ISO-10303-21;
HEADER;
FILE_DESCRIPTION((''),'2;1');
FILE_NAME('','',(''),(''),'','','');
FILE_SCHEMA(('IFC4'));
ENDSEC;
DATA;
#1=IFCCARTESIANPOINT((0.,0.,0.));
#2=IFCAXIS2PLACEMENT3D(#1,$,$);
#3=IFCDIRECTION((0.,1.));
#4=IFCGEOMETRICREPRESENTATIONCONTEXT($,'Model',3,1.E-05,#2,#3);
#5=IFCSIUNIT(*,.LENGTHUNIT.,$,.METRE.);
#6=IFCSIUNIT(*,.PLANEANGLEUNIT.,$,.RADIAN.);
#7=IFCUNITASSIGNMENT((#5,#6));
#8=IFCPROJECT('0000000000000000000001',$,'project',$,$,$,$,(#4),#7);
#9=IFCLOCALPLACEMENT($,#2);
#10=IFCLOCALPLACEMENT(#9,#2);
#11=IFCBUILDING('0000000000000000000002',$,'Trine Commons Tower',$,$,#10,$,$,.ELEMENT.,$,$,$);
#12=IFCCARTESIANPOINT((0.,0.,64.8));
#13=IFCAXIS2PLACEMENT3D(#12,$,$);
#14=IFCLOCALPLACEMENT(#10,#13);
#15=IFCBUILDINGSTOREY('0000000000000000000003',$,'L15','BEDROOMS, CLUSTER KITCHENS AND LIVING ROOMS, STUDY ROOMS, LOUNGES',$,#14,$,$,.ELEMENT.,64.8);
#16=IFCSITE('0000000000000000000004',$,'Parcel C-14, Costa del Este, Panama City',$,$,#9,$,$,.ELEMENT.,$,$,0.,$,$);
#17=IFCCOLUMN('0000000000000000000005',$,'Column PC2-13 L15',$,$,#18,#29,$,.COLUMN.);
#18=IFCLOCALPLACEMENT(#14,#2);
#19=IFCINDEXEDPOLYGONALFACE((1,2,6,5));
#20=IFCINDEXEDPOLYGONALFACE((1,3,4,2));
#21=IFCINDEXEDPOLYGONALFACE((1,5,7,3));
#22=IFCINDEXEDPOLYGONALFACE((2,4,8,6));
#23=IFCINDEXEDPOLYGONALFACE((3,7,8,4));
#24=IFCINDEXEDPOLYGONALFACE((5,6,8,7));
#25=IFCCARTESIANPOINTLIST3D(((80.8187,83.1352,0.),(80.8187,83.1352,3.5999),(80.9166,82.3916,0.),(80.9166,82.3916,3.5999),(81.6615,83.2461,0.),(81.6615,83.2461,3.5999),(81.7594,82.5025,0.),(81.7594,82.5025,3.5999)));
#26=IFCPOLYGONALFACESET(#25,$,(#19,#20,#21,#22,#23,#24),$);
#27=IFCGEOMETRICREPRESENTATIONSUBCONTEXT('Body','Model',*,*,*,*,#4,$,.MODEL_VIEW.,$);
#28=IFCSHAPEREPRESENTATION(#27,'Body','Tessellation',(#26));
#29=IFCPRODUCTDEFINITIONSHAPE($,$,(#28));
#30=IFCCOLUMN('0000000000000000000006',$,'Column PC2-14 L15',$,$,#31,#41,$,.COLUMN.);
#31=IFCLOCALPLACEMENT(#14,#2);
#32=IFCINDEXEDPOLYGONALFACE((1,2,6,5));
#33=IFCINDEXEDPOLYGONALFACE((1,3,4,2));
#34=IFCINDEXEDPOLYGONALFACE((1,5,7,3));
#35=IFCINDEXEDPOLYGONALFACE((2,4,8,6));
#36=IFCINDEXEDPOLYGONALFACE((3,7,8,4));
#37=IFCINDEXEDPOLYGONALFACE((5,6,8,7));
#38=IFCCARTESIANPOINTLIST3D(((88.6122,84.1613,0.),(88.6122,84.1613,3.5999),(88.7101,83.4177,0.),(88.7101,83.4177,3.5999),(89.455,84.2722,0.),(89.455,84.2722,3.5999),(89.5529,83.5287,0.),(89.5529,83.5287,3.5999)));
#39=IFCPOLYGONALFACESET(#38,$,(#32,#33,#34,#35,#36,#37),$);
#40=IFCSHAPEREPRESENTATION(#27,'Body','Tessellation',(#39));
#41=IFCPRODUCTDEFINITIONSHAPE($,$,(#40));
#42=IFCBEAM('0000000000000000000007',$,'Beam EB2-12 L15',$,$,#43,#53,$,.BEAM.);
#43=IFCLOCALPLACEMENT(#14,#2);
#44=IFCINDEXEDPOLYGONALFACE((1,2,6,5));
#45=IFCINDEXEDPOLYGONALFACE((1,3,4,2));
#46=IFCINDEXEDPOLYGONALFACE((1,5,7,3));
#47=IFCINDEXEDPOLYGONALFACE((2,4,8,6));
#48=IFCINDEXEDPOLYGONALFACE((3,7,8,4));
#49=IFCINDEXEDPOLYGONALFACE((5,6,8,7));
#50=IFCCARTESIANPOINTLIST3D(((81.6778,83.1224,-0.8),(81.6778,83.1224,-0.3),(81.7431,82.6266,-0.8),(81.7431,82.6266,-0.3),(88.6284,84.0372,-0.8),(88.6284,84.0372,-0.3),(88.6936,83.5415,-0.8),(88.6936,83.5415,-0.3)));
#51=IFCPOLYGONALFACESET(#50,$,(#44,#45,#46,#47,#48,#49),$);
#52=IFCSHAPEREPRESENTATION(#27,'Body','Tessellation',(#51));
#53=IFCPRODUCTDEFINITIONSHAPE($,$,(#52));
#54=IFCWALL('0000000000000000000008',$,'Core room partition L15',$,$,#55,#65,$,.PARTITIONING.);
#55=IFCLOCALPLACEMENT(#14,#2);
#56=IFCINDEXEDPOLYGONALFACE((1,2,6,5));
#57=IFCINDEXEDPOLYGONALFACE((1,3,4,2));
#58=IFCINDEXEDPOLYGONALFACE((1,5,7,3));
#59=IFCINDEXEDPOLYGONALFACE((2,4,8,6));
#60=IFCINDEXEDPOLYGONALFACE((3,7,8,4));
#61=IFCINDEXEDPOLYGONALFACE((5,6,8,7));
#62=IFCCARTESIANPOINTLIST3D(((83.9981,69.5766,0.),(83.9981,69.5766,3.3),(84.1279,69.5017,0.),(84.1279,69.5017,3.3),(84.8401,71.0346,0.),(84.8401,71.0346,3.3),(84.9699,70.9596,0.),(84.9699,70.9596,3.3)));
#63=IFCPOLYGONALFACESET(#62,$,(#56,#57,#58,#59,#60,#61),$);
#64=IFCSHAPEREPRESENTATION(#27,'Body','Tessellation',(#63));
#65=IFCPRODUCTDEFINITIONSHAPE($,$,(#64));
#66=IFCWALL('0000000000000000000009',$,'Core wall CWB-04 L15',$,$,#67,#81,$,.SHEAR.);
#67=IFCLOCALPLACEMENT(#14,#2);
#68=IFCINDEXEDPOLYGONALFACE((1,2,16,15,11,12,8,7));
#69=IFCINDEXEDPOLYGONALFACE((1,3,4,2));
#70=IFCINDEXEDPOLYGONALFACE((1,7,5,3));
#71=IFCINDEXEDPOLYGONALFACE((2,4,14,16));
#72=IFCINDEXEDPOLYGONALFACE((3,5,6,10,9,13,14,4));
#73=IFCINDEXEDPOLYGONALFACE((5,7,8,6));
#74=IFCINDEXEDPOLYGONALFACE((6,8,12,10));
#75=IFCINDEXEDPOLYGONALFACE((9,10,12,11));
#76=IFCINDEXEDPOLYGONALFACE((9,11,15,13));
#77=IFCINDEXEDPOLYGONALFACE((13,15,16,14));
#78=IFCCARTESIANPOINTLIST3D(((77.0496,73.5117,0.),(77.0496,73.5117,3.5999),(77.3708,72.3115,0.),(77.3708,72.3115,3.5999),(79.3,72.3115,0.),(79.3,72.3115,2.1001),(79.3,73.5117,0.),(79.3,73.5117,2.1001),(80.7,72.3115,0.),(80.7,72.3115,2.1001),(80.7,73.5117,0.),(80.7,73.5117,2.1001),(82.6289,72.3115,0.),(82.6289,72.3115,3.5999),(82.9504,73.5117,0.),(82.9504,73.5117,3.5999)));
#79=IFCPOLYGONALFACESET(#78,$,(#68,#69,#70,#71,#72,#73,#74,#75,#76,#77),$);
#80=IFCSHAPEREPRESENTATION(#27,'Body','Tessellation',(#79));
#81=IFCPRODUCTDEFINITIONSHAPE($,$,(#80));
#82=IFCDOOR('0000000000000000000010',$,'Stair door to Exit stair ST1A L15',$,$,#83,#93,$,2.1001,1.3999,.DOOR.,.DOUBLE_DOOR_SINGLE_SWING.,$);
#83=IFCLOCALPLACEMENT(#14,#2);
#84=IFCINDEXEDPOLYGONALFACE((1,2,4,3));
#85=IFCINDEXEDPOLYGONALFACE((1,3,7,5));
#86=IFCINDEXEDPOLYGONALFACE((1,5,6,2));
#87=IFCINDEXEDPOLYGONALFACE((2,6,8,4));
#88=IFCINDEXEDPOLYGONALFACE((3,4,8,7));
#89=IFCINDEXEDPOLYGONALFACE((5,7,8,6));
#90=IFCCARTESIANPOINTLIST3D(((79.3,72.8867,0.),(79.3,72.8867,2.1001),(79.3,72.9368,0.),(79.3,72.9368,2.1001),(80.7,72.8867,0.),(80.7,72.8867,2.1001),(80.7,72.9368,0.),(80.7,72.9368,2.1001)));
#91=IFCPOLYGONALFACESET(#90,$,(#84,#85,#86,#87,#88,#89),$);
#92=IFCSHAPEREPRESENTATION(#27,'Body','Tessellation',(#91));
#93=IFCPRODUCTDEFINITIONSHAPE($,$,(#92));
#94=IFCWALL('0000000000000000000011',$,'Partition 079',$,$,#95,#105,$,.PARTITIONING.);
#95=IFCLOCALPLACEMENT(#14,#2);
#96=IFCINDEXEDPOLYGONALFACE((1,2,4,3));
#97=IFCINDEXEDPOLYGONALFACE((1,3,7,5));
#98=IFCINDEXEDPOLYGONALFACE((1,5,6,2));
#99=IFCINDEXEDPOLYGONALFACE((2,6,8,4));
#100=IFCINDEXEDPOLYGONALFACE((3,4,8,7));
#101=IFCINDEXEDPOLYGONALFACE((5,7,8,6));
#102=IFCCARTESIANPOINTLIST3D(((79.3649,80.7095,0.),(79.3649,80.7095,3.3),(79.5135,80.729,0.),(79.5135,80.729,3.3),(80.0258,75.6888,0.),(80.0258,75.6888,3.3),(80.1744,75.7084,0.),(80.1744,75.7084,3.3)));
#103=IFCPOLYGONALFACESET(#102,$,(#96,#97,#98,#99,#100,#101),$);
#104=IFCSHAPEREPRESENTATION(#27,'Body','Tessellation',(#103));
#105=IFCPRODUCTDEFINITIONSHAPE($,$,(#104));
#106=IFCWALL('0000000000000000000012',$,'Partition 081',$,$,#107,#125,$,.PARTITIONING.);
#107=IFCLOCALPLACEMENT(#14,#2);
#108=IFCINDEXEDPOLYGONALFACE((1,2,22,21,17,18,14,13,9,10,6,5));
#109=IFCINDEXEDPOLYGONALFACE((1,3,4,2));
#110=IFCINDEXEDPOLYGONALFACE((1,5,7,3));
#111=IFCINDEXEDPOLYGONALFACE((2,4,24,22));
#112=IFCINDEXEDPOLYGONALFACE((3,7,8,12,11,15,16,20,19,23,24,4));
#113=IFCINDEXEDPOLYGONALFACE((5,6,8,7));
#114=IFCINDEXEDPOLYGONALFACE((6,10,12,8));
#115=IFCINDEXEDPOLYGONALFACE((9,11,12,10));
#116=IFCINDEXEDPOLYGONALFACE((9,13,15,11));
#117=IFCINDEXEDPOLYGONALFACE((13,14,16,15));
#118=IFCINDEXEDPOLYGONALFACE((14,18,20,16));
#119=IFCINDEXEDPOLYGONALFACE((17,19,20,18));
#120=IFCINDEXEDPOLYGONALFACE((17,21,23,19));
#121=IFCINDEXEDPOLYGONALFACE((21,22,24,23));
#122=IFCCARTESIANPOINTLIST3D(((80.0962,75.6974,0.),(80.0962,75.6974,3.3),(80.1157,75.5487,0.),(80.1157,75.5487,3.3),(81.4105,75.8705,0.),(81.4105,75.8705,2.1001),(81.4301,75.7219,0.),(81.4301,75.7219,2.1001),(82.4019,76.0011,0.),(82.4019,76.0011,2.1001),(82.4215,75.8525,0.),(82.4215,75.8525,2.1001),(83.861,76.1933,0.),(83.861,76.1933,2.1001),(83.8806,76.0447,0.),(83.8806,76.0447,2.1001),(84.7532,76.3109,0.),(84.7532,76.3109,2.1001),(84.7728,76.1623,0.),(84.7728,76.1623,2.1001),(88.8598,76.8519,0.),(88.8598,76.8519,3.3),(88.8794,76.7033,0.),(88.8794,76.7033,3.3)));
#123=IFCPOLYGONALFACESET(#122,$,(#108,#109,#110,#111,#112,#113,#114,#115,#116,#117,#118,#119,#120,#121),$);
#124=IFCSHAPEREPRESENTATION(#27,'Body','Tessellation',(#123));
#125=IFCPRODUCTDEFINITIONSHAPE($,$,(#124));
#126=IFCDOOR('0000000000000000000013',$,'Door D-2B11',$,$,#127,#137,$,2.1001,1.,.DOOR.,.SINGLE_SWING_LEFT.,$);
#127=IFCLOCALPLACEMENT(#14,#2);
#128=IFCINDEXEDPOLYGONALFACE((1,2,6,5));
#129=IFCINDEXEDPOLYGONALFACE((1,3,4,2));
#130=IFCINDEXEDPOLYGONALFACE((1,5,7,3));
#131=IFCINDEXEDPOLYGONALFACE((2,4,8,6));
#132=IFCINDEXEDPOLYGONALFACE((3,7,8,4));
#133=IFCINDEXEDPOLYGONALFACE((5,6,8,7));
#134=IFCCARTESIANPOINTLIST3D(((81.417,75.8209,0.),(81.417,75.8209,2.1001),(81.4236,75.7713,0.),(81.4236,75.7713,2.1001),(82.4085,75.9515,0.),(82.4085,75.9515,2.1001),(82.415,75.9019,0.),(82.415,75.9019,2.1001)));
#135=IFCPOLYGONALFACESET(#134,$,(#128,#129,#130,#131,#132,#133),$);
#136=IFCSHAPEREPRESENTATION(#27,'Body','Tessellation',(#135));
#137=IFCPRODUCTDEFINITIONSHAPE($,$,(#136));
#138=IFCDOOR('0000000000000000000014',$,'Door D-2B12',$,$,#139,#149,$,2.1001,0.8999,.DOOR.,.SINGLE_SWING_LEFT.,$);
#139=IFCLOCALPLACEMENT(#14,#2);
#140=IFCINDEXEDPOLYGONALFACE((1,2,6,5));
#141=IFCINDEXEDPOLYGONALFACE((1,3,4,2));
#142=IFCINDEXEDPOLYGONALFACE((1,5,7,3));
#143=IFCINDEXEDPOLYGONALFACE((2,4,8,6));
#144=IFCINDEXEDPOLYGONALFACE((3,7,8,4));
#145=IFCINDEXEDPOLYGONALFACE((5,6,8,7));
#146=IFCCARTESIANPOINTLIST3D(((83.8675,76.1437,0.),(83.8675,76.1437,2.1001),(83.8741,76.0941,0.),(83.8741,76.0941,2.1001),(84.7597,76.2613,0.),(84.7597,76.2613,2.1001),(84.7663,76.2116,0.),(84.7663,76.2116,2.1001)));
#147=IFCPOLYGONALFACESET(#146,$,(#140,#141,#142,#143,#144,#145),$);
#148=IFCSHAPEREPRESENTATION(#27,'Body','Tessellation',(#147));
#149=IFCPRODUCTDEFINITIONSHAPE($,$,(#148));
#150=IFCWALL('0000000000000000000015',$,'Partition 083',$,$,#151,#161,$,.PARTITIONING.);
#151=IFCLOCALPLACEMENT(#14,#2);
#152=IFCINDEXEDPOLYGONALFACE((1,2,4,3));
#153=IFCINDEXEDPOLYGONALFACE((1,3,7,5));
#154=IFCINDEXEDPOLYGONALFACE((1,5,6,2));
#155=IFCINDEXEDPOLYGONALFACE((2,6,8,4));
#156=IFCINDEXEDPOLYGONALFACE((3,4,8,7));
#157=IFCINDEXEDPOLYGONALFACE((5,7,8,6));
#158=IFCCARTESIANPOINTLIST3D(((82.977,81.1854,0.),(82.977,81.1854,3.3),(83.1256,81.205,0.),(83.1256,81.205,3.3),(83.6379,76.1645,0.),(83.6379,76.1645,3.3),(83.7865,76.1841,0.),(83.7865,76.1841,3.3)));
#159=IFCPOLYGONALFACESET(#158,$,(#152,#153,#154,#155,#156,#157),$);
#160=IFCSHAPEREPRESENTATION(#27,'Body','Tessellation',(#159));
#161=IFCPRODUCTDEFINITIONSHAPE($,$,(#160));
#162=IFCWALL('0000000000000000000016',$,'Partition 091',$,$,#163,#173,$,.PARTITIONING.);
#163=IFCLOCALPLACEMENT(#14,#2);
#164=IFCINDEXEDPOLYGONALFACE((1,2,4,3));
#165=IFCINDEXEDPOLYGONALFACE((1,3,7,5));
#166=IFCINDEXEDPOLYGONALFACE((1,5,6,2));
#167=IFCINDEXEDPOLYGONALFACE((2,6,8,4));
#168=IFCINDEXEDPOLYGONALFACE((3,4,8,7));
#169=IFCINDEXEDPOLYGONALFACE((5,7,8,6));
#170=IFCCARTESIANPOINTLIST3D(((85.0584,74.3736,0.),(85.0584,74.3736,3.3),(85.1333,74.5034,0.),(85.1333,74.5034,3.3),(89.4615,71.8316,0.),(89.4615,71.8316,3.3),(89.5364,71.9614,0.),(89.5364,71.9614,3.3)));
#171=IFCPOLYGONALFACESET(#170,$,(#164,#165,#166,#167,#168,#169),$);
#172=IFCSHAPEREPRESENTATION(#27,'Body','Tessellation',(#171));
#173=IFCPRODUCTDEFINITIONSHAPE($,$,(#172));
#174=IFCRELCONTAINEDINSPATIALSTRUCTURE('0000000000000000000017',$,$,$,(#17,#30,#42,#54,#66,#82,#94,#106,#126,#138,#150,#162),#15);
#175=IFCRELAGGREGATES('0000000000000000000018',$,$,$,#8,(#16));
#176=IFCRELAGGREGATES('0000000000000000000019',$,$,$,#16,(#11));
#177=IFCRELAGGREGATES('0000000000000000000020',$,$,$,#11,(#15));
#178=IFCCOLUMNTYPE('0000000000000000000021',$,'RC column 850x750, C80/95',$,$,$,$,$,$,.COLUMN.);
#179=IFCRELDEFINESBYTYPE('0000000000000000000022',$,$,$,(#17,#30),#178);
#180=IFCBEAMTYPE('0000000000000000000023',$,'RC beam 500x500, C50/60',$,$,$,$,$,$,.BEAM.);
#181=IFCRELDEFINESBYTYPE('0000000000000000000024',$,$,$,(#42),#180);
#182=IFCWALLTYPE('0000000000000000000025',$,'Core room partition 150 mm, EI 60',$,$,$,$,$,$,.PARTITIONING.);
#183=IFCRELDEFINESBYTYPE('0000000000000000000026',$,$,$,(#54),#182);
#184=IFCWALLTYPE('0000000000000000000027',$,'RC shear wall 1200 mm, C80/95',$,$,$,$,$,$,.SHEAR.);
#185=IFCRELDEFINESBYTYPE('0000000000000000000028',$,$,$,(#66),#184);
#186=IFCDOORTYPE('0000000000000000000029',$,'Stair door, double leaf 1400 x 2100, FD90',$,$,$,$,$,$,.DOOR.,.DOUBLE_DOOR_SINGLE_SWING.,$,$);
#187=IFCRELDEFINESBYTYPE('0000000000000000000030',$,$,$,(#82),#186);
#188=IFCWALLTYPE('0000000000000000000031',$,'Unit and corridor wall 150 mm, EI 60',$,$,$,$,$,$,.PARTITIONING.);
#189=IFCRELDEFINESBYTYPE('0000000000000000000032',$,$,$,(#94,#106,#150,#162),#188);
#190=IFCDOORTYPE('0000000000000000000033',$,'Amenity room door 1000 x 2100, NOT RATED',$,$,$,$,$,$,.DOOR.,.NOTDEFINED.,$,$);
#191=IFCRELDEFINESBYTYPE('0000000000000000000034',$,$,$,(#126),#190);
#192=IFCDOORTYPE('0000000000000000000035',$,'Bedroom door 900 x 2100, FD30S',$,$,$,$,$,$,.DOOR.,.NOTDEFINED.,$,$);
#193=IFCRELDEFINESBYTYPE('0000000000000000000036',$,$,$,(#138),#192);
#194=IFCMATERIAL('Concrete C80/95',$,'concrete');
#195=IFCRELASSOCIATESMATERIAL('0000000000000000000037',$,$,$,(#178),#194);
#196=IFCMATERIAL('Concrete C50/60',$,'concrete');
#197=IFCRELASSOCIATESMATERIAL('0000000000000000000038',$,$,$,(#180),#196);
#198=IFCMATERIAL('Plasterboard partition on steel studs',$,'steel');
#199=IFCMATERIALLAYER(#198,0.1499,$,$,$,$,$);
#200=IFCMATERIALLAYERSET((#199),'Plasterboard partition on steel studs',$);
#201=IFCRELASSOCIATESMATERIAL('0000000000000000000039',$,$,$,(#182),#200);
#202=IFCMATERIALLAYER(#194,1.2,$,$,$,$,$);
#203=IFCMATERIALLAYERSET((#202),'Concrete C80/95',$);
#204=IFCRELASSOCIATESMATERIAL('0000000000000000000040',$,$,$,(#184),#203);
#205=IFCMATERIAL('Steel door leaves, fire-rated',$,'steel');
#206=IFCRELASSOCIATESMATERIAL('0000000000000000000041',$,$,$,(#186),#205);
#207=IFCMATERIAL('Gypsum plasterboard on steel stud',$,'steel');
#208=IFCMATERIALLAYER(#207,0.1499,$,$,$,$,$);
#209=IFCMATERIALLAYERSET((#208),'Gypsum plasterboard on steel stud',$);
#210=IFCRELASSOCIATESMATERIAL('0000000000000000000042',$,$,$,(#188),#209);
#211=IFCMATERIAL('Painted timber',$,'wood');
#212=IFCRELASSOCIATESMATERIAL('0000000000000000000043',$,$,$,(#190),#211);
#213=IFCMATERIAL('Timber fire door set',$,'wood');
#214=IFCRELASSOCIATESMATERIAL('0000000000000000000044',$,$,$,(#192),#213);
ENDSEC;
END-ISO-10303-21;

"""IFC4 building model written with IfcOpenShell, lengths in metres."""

from ifc_helpers import new_model, si_unit, direction, frame, frame_2d, origin, origin_2d, place, context, subcontext, project, spatial, polyline, rectangle, outline, extrude, material, layer, layer_set, material_profile, profile_set, type_object, element, fill, save


model = new_model("IFC4")

# Units and contexts
model_context = context("Model", 3, precision=1e-05, world=origin(), true_north=direction((0.0, 1.0)))
body_context = subcontext(model_context, "Body", "Model", "MODEL_VIEW")
ifc_project = project(units=[si_unit("LENGTHUNIT", "METRE"), si_unit("PLANEANGLEUNIT", "RADIAN")], contexts=[model_context])

# Site, building, storey
site_placement = place(None, origin())
site = spatial("IfcSite", under=ifc_project, at=site_placement, Name="Parcel C-14, Costa del Este, Panama City", CompositionType="ELEMENT", RefElevation=0.0)
building_placement = place(site_placement, origin())
building = spatial("IfcBuilding", under=site, at=building_placement, Name="Trine Commons Tower", CompositionType="ELEMENT")
storey_placement = place(building_placement, frame((0.0, 0.0, 64.8)))
storey = spatial("IfcBuildingStorey", under=building, at=storey_placement, Name="L15", Description="BEDROOMS, CLUSTER KITCHENS AND LIVING ROOMS, STUDY ROOMS, LOUNGES", CompositionType="ELEMENT", Elevation=64.8)

# Columns
ifc_material_1 = material(Name="Concrete C80/95", Category="concrete")
ifc_material_profile_1 = material_profile(ifc_material_1, rectangle(XDim=0.8501, YDim=0.75, at=origin_2d()), Name="RC 850x750")
ifc_profile_set_1 = profile_set([ifc_material_profile_1], Name="Concrete C80/95")
column_type = type_object("IfcColumnType", Name="RC column 850x750, C80/95", PredefinedType="COLUMN", material=ifc_profile_set_1)
for number, where, z_axis, x_axis, name in (
    (1, (81.2891, 82.8188, 0.0), (0.0, 0.0, 1.0), (0.991445, 0.130526, 0.0), "Column PC2-13 L15"),
    (2, (89.0825, 83.845, 0.0), (0.0, 0.0, 1.0), (0.991445, 0.130526, 0.0), "Column PC2-14 L15"),
):
    element("IfcColumn", number, at=place(storey_placement, frame(where, z_axis=z_axis, x_axis=x_axis)), inside=storey, type_object=column_type, Name=name, PredefinedType="COLUMN", context=body_context, shape_type="SweptSolid", body=[
        extrude(rectangle(XDim=0.8501, YDim=0.75, at=origin_2d()), origin(), (0.0, 0.0, 1.0), 3.5999),
    ])

# Beam
ifc_material_2 = material(Name="Concrete C50/60", Category="concrete")
ifc_material_profile_2 = material_profile(ifc_material_2, rectangle(XDim=0.5, YDim=0.5, at=origin_2d()), Name="RC 500x500")
ifc_profile_set_2 = profile_set([ifc_material_profile_2], Name="Concrete C50/60")
beam_type = type_object("IfcBeamType", Name="RC beam 500x500, C50/60", PredefinedType="BEAM", material=ifc_profile_set_2)
beam_placement = place(storey_placement, frame((81.7104, 82.8745, -0.55), z_axis=(0.991449, 0.130491, 0.0), x_axis=(-0.130491, 0.991449, 0.0)))
element("IfcBeam", 3, at=beam_placement, inside=storey, type_object=beam_type, Name="Beam EB2-12 L15", PredefinedType="BEAM", context=body_context, shape_type="SweptSolid", body=[
    extrude(rectangle(XDim=0.5, YDim=0.5, at=origin_2d()), origin(), (0.0, 0.0, 1.0), 7.0105),
])

# Wall
ifc_material_3 = material(Name="Plasterboard partition on steel studs", Category="steel")
ifc_layer_1 = layer(ifc_material_3, 0.1499)
ifc_layer_set_1 = layer_set([ifc_layer_1], Name="Plasterboard partition on steel studs")
wall_type_1 = type_object("IfcWallType", Name="Core room partition 150 mm, EI 60", PredefinedType="PARTITIONING", material=ifc_layer_set_1)
wall_1_placement = place(storey_placement, frame((84.905, 70.9971, 0.0), z_axis=(0.0, 0.0, 1.0), x_axis=(-0.500116, -0.865959, 0.0)))
element("IfcWall", 4, at=wall_1_placement, inside=storey, type_object=wall_type_1, Name="Core room partition L15", PredefinedType="PARTITIONING", context=body_context, shape_type="SweptSolid", body=[
    extrude(rectangle(XDim=1.6836, YDim=0.1499, at=frame_2d((0.8418, 0.0))), origin(), (0.0, 0.0, 1.0), 3.3),
])

# Wall, opening, door
ifc_layer_2 = layer(ifc_material_1, 1.2)
ifc_layer_set_2 = layer_set([ifc_layer_2], Name="Concrete C80/95")
wall_type_2 = type_object("IfcWallType", Name="RC shear wall 1200 mm, C80/95", PredefinedType="SHEAR", material=ifc_layer_set_2)
wall_2_placement = place(storey_placement, frame((82.9504, 72.9116, 0.0), z_axis=(0.0, 0.0, 1.0), x_axis=(-1.0, 0.0, 0.0)))
wall_2 = element("IfcWall", 5, at=wall_2_placement, inside=storey, type_object=wall_type_2, Name="Core wall CWB-04 L15", PredefinedType="SHEAR", context=body_context, shape_type="SweptSolid", body=[
    extrude(outline(polyline([(0.0, -0.6001), (5.9009, -0.6001), (5.5796, 0.6001), (0.3215, 0.6001), (0.0, -0.6001)])), origin(), (0.0, 0.0, 1.0), 3.5999),
])
opening_1_placement = place(wall_2_placement, frame((2.2505, 0.0, 0.0)))
opening_1 = element("IfcOpeningElement", 6, at=opening_1_placement, cuts=wall_2, PredefinedType="OPENING", context=body_context, shape_type="SweptSolid", body=[
    extrude(rectangle(XDim=1.3999, YDim=2.1001, at=frame_2d((0.7, 1.05))), frame((0.0, 0.6099, 0.0), z_axis=(0.0, -1.0, 0.0), x_axis=(1.0, 0.0, 0.0)), (0.0, 0.0, 1.0), 1.22),
])
ifc_material_4 = material(Name="Steel door leaves, fire-rated", Category="steel")
door_type_1 = type_object("IfcDoorType", Name="Stair door, double leaf 1400 x 2100, FD90", OperationType="DOUBLE_DOOR_SINGLE_SWING", PredefinedType="DOOR", material=ifc_material_4)
door_1_placement = place(opening_1_placement, origin())
door_1 = element("IfcDoor", 7, at=door_1_placement, inside=storey, type_object=door_type_1, Name="Stair door to Exit stair ST1A L15", OperationType="DOUBLE_DOOR_SINGLE_SWING", OverallHeight=2.1001, OverallWidth=1.3999, PredefinedType="DOOR", context=body_context, shape_type="SweptSolid", body=[
    extrude(rectangle(XDim=1.3999, YDim=2.1001, at=frame_2d((0.7, 1.05))), frame((0.0, 0.0249, 0.0), z_axis=(0.0, -1.0, 0.0), x_axis=(1.0, 0.0, 0.0)), (0.0, 0.0, 1.0), 0.05),
])
fill(opening_1, door_1)

# Wall
ifc_material_5 = material(Name="Gypsum plasterboard on steel stud", Category="steel")
ifc_layer_3 = layer(ifc_material_5, 0.1499)
ifc_layer_set_3 = layer_set([ifc_layer_3], Name="Gypsum plasterboard on steel stud")
wall_type_3 = type_object("IfcWallType", Name="Unit and corridor wall 150 mm, EI 60", PredefinedType="PARTITIONING", material=ifc_layer_set_3)
wall_3_placement = place(storey_placement, frame((79.4392, 80.7192, 0.0), z_axis=(0.0, 0.0, 1.0), x_axis=(0.130506, -0.991448, 0.0)))
element("IfcWall", 8, at=wall_3_placement, inside=storey, type_object=wall_type_3, Name="Partition 079", PredefinedType="PARTITIONING", context=body_context, shape_type="SweptSolid", body=[
    extrude(rectangle(XDim=5.064, YDim=0.1499, at=frame_2d((2.532, 0.0))), origin(), (0.0, 0.0, 1.0), 3.3),
])

# Wall, openings, doors
wall_4_placement = place(storey_placement, frame((80.106, 75.623, 0.0), z_axis=(0.0, 0.0, 1.0), x_axis=(0.991433, 0.130613, 0.0)))
wall_4 = element("IfcWall", 9, at=wall_4_placement, inside=storey, type_object=wall_type_3, Name="Partition 081", PredefinedType="PARTITIONING", context=body_context, shape_type="SweptSolid", body=[
    extrude(rectangle(XDim=8.8394, YDim=0.1499, at=frame_2d((4.4197, 0.0))), origin(), (0.0, 0.0, 1.0), 3.3),
])
opening_2_placement = place(wall_4_placement, frame((1.3257, 0.0, 0.0)))
opening_2 = element("IfcOpeningElement", 10, at=opening_2_placement, cuts=wall_4, PredefinedType="OPENING", context=body_context, shape_type="SweptSolid", body=[
    extrude(rectangle(XDim=1.0, YDim=2.1001, at=frame_2d((0.5, 1.05))), frame((0.0, 0.085, 0.0), z_axis=(0.0, -1.0, 0.0), x_axis=(1.0, 0.0, 0.0)), (0.0, 0.0, 1.0), 0.1699),
])
opening_3_placement = place(wall_4_placement, frame((3.7974, 0.0, 0.0)))
opening_3 = element("IfcOpeningElement", 11, at=opening_3_placement, cuts=wall_4, PredefinedType="OPENING", context=body_context, shape_type="SweptSolid", body=[
    extrude(rectangle(XDim=0.8999, YDim=2.1001, at=frame_2d((0.45, 1.05))), frame((0.0, 0.085, 0.0), z_axis=(0.0, -1.0, 0.0), x_axis=(1.0, 0.0, 0.0)), (0.0, 0.0, 1.0), 0.1699),
])
ifc_material_6 = material(Name="Painted timber", Category="wood")
door_type_2 = type_object("IfcDoorType", Name="Amenity room door 1000 x 2100, NOT RATED", OperationType="NOTDEFINED", PredefinedType="DOOR", material=ifc_material_6)
door_2_placement = place(opening_2_placement, origin())
door_2 = element("IfcDoor", 12, at=door_2_placement, inside=storey, type_object=door_type_2, Name="Door D-2B11", OperationType="SINGLE_SWING_LEFT", OverallHeight=2.1001, OverallWidth=1.0, PredefinedType="DOOR", context=body_context, shape_type="SweptSolid", body=[
    extrude(rectangle(XDim=1.0, YDim=2.1001, at=frame_2d((0.5, 1.05))), frame((0.0, 0.0249, 0.0), z_axis=(0.0, -1.0, 0.0), x_axis=(1.0, 0.0, 0.0)), (0.0, 0.0, 1.0), 0.05),
])
fill(opening_2, door_2)
ifc_material_7 = material(Name="Timber fire door set", Category="wood")
door_type_3 = type_object("IfcDoorType", Name="Bedroom door 900 x 2100, FD30S", OperationType="NOTDEFINED", PredefinedType="DOOR", material=ifc_material_7)
door_3_placement = place(opening_3_placement, origin())
door_3 = element("IfcDoor", 13, at=door_3_placement, inside=storey, type_object=door_type_3, Name="Door D-2B12", OperationType="SINGLE_SWING_LEFT", OverallHeight=2.1001, OverallWidth=0.8999, PredefinedType="DOOR", context=body_context, shape_type="SweptSolid", body=[
    extrude(rectangle(XDim=0.8999, YDim=2.1001, at=frame_2d((0.45, 1.05))), frame((0.0, 0.0249, 0.0), z_axis=(0.0, -1.0, 0.0), x_axis=(1.0, 0.0, 0.0)), (0.0, 0.0, 1.0), 0.05),
])
fill(opening_3, door_3)

# Walls
wall_5_placement = place(storey_placement, frame((83.0513, 81.1953, 0.0), z_axis=(0.0, 0.0, 1.0), x_axis=(0.130499, -0.991448, 0.0)))
element("IfcWall", 14, at=wall_5_placement, inside=storey, type_object=wall_type_3, Name="Partition 083", PredefinedType="PARTITIONING", context=body_context, shape_type="SweptSolid", body=[
    extrude(rectangle(XDim=5.0642, YDim=0.1499, at=frame_2d((2.5322, 0.0))), origin(), (0.0, 0.0, 1.0), 3.3),
])
wall_6_placement = place(storey_placement, frame((85.0959, 74.4385, 0.0), z_axis=(0.0, 0.0, 1.0), x_axis=(0.866036, -0.499982, 0.0)))
element("IfcWall", 15, at=wall_6_placement, inside=storey, type_object=wall_type_3, Name="Partition 091", PredefinedType="PARTITIONING", context=body_context, shape_type="SweptSolid", body=[
    extrude(rectangle(XDim=5.0842, YDim=0.1499, at=frame_2d((2.542, 0.0))), origin(), (0.0, 0.0, 1.0), 3.3),
])

save(model, "model.ifc")
